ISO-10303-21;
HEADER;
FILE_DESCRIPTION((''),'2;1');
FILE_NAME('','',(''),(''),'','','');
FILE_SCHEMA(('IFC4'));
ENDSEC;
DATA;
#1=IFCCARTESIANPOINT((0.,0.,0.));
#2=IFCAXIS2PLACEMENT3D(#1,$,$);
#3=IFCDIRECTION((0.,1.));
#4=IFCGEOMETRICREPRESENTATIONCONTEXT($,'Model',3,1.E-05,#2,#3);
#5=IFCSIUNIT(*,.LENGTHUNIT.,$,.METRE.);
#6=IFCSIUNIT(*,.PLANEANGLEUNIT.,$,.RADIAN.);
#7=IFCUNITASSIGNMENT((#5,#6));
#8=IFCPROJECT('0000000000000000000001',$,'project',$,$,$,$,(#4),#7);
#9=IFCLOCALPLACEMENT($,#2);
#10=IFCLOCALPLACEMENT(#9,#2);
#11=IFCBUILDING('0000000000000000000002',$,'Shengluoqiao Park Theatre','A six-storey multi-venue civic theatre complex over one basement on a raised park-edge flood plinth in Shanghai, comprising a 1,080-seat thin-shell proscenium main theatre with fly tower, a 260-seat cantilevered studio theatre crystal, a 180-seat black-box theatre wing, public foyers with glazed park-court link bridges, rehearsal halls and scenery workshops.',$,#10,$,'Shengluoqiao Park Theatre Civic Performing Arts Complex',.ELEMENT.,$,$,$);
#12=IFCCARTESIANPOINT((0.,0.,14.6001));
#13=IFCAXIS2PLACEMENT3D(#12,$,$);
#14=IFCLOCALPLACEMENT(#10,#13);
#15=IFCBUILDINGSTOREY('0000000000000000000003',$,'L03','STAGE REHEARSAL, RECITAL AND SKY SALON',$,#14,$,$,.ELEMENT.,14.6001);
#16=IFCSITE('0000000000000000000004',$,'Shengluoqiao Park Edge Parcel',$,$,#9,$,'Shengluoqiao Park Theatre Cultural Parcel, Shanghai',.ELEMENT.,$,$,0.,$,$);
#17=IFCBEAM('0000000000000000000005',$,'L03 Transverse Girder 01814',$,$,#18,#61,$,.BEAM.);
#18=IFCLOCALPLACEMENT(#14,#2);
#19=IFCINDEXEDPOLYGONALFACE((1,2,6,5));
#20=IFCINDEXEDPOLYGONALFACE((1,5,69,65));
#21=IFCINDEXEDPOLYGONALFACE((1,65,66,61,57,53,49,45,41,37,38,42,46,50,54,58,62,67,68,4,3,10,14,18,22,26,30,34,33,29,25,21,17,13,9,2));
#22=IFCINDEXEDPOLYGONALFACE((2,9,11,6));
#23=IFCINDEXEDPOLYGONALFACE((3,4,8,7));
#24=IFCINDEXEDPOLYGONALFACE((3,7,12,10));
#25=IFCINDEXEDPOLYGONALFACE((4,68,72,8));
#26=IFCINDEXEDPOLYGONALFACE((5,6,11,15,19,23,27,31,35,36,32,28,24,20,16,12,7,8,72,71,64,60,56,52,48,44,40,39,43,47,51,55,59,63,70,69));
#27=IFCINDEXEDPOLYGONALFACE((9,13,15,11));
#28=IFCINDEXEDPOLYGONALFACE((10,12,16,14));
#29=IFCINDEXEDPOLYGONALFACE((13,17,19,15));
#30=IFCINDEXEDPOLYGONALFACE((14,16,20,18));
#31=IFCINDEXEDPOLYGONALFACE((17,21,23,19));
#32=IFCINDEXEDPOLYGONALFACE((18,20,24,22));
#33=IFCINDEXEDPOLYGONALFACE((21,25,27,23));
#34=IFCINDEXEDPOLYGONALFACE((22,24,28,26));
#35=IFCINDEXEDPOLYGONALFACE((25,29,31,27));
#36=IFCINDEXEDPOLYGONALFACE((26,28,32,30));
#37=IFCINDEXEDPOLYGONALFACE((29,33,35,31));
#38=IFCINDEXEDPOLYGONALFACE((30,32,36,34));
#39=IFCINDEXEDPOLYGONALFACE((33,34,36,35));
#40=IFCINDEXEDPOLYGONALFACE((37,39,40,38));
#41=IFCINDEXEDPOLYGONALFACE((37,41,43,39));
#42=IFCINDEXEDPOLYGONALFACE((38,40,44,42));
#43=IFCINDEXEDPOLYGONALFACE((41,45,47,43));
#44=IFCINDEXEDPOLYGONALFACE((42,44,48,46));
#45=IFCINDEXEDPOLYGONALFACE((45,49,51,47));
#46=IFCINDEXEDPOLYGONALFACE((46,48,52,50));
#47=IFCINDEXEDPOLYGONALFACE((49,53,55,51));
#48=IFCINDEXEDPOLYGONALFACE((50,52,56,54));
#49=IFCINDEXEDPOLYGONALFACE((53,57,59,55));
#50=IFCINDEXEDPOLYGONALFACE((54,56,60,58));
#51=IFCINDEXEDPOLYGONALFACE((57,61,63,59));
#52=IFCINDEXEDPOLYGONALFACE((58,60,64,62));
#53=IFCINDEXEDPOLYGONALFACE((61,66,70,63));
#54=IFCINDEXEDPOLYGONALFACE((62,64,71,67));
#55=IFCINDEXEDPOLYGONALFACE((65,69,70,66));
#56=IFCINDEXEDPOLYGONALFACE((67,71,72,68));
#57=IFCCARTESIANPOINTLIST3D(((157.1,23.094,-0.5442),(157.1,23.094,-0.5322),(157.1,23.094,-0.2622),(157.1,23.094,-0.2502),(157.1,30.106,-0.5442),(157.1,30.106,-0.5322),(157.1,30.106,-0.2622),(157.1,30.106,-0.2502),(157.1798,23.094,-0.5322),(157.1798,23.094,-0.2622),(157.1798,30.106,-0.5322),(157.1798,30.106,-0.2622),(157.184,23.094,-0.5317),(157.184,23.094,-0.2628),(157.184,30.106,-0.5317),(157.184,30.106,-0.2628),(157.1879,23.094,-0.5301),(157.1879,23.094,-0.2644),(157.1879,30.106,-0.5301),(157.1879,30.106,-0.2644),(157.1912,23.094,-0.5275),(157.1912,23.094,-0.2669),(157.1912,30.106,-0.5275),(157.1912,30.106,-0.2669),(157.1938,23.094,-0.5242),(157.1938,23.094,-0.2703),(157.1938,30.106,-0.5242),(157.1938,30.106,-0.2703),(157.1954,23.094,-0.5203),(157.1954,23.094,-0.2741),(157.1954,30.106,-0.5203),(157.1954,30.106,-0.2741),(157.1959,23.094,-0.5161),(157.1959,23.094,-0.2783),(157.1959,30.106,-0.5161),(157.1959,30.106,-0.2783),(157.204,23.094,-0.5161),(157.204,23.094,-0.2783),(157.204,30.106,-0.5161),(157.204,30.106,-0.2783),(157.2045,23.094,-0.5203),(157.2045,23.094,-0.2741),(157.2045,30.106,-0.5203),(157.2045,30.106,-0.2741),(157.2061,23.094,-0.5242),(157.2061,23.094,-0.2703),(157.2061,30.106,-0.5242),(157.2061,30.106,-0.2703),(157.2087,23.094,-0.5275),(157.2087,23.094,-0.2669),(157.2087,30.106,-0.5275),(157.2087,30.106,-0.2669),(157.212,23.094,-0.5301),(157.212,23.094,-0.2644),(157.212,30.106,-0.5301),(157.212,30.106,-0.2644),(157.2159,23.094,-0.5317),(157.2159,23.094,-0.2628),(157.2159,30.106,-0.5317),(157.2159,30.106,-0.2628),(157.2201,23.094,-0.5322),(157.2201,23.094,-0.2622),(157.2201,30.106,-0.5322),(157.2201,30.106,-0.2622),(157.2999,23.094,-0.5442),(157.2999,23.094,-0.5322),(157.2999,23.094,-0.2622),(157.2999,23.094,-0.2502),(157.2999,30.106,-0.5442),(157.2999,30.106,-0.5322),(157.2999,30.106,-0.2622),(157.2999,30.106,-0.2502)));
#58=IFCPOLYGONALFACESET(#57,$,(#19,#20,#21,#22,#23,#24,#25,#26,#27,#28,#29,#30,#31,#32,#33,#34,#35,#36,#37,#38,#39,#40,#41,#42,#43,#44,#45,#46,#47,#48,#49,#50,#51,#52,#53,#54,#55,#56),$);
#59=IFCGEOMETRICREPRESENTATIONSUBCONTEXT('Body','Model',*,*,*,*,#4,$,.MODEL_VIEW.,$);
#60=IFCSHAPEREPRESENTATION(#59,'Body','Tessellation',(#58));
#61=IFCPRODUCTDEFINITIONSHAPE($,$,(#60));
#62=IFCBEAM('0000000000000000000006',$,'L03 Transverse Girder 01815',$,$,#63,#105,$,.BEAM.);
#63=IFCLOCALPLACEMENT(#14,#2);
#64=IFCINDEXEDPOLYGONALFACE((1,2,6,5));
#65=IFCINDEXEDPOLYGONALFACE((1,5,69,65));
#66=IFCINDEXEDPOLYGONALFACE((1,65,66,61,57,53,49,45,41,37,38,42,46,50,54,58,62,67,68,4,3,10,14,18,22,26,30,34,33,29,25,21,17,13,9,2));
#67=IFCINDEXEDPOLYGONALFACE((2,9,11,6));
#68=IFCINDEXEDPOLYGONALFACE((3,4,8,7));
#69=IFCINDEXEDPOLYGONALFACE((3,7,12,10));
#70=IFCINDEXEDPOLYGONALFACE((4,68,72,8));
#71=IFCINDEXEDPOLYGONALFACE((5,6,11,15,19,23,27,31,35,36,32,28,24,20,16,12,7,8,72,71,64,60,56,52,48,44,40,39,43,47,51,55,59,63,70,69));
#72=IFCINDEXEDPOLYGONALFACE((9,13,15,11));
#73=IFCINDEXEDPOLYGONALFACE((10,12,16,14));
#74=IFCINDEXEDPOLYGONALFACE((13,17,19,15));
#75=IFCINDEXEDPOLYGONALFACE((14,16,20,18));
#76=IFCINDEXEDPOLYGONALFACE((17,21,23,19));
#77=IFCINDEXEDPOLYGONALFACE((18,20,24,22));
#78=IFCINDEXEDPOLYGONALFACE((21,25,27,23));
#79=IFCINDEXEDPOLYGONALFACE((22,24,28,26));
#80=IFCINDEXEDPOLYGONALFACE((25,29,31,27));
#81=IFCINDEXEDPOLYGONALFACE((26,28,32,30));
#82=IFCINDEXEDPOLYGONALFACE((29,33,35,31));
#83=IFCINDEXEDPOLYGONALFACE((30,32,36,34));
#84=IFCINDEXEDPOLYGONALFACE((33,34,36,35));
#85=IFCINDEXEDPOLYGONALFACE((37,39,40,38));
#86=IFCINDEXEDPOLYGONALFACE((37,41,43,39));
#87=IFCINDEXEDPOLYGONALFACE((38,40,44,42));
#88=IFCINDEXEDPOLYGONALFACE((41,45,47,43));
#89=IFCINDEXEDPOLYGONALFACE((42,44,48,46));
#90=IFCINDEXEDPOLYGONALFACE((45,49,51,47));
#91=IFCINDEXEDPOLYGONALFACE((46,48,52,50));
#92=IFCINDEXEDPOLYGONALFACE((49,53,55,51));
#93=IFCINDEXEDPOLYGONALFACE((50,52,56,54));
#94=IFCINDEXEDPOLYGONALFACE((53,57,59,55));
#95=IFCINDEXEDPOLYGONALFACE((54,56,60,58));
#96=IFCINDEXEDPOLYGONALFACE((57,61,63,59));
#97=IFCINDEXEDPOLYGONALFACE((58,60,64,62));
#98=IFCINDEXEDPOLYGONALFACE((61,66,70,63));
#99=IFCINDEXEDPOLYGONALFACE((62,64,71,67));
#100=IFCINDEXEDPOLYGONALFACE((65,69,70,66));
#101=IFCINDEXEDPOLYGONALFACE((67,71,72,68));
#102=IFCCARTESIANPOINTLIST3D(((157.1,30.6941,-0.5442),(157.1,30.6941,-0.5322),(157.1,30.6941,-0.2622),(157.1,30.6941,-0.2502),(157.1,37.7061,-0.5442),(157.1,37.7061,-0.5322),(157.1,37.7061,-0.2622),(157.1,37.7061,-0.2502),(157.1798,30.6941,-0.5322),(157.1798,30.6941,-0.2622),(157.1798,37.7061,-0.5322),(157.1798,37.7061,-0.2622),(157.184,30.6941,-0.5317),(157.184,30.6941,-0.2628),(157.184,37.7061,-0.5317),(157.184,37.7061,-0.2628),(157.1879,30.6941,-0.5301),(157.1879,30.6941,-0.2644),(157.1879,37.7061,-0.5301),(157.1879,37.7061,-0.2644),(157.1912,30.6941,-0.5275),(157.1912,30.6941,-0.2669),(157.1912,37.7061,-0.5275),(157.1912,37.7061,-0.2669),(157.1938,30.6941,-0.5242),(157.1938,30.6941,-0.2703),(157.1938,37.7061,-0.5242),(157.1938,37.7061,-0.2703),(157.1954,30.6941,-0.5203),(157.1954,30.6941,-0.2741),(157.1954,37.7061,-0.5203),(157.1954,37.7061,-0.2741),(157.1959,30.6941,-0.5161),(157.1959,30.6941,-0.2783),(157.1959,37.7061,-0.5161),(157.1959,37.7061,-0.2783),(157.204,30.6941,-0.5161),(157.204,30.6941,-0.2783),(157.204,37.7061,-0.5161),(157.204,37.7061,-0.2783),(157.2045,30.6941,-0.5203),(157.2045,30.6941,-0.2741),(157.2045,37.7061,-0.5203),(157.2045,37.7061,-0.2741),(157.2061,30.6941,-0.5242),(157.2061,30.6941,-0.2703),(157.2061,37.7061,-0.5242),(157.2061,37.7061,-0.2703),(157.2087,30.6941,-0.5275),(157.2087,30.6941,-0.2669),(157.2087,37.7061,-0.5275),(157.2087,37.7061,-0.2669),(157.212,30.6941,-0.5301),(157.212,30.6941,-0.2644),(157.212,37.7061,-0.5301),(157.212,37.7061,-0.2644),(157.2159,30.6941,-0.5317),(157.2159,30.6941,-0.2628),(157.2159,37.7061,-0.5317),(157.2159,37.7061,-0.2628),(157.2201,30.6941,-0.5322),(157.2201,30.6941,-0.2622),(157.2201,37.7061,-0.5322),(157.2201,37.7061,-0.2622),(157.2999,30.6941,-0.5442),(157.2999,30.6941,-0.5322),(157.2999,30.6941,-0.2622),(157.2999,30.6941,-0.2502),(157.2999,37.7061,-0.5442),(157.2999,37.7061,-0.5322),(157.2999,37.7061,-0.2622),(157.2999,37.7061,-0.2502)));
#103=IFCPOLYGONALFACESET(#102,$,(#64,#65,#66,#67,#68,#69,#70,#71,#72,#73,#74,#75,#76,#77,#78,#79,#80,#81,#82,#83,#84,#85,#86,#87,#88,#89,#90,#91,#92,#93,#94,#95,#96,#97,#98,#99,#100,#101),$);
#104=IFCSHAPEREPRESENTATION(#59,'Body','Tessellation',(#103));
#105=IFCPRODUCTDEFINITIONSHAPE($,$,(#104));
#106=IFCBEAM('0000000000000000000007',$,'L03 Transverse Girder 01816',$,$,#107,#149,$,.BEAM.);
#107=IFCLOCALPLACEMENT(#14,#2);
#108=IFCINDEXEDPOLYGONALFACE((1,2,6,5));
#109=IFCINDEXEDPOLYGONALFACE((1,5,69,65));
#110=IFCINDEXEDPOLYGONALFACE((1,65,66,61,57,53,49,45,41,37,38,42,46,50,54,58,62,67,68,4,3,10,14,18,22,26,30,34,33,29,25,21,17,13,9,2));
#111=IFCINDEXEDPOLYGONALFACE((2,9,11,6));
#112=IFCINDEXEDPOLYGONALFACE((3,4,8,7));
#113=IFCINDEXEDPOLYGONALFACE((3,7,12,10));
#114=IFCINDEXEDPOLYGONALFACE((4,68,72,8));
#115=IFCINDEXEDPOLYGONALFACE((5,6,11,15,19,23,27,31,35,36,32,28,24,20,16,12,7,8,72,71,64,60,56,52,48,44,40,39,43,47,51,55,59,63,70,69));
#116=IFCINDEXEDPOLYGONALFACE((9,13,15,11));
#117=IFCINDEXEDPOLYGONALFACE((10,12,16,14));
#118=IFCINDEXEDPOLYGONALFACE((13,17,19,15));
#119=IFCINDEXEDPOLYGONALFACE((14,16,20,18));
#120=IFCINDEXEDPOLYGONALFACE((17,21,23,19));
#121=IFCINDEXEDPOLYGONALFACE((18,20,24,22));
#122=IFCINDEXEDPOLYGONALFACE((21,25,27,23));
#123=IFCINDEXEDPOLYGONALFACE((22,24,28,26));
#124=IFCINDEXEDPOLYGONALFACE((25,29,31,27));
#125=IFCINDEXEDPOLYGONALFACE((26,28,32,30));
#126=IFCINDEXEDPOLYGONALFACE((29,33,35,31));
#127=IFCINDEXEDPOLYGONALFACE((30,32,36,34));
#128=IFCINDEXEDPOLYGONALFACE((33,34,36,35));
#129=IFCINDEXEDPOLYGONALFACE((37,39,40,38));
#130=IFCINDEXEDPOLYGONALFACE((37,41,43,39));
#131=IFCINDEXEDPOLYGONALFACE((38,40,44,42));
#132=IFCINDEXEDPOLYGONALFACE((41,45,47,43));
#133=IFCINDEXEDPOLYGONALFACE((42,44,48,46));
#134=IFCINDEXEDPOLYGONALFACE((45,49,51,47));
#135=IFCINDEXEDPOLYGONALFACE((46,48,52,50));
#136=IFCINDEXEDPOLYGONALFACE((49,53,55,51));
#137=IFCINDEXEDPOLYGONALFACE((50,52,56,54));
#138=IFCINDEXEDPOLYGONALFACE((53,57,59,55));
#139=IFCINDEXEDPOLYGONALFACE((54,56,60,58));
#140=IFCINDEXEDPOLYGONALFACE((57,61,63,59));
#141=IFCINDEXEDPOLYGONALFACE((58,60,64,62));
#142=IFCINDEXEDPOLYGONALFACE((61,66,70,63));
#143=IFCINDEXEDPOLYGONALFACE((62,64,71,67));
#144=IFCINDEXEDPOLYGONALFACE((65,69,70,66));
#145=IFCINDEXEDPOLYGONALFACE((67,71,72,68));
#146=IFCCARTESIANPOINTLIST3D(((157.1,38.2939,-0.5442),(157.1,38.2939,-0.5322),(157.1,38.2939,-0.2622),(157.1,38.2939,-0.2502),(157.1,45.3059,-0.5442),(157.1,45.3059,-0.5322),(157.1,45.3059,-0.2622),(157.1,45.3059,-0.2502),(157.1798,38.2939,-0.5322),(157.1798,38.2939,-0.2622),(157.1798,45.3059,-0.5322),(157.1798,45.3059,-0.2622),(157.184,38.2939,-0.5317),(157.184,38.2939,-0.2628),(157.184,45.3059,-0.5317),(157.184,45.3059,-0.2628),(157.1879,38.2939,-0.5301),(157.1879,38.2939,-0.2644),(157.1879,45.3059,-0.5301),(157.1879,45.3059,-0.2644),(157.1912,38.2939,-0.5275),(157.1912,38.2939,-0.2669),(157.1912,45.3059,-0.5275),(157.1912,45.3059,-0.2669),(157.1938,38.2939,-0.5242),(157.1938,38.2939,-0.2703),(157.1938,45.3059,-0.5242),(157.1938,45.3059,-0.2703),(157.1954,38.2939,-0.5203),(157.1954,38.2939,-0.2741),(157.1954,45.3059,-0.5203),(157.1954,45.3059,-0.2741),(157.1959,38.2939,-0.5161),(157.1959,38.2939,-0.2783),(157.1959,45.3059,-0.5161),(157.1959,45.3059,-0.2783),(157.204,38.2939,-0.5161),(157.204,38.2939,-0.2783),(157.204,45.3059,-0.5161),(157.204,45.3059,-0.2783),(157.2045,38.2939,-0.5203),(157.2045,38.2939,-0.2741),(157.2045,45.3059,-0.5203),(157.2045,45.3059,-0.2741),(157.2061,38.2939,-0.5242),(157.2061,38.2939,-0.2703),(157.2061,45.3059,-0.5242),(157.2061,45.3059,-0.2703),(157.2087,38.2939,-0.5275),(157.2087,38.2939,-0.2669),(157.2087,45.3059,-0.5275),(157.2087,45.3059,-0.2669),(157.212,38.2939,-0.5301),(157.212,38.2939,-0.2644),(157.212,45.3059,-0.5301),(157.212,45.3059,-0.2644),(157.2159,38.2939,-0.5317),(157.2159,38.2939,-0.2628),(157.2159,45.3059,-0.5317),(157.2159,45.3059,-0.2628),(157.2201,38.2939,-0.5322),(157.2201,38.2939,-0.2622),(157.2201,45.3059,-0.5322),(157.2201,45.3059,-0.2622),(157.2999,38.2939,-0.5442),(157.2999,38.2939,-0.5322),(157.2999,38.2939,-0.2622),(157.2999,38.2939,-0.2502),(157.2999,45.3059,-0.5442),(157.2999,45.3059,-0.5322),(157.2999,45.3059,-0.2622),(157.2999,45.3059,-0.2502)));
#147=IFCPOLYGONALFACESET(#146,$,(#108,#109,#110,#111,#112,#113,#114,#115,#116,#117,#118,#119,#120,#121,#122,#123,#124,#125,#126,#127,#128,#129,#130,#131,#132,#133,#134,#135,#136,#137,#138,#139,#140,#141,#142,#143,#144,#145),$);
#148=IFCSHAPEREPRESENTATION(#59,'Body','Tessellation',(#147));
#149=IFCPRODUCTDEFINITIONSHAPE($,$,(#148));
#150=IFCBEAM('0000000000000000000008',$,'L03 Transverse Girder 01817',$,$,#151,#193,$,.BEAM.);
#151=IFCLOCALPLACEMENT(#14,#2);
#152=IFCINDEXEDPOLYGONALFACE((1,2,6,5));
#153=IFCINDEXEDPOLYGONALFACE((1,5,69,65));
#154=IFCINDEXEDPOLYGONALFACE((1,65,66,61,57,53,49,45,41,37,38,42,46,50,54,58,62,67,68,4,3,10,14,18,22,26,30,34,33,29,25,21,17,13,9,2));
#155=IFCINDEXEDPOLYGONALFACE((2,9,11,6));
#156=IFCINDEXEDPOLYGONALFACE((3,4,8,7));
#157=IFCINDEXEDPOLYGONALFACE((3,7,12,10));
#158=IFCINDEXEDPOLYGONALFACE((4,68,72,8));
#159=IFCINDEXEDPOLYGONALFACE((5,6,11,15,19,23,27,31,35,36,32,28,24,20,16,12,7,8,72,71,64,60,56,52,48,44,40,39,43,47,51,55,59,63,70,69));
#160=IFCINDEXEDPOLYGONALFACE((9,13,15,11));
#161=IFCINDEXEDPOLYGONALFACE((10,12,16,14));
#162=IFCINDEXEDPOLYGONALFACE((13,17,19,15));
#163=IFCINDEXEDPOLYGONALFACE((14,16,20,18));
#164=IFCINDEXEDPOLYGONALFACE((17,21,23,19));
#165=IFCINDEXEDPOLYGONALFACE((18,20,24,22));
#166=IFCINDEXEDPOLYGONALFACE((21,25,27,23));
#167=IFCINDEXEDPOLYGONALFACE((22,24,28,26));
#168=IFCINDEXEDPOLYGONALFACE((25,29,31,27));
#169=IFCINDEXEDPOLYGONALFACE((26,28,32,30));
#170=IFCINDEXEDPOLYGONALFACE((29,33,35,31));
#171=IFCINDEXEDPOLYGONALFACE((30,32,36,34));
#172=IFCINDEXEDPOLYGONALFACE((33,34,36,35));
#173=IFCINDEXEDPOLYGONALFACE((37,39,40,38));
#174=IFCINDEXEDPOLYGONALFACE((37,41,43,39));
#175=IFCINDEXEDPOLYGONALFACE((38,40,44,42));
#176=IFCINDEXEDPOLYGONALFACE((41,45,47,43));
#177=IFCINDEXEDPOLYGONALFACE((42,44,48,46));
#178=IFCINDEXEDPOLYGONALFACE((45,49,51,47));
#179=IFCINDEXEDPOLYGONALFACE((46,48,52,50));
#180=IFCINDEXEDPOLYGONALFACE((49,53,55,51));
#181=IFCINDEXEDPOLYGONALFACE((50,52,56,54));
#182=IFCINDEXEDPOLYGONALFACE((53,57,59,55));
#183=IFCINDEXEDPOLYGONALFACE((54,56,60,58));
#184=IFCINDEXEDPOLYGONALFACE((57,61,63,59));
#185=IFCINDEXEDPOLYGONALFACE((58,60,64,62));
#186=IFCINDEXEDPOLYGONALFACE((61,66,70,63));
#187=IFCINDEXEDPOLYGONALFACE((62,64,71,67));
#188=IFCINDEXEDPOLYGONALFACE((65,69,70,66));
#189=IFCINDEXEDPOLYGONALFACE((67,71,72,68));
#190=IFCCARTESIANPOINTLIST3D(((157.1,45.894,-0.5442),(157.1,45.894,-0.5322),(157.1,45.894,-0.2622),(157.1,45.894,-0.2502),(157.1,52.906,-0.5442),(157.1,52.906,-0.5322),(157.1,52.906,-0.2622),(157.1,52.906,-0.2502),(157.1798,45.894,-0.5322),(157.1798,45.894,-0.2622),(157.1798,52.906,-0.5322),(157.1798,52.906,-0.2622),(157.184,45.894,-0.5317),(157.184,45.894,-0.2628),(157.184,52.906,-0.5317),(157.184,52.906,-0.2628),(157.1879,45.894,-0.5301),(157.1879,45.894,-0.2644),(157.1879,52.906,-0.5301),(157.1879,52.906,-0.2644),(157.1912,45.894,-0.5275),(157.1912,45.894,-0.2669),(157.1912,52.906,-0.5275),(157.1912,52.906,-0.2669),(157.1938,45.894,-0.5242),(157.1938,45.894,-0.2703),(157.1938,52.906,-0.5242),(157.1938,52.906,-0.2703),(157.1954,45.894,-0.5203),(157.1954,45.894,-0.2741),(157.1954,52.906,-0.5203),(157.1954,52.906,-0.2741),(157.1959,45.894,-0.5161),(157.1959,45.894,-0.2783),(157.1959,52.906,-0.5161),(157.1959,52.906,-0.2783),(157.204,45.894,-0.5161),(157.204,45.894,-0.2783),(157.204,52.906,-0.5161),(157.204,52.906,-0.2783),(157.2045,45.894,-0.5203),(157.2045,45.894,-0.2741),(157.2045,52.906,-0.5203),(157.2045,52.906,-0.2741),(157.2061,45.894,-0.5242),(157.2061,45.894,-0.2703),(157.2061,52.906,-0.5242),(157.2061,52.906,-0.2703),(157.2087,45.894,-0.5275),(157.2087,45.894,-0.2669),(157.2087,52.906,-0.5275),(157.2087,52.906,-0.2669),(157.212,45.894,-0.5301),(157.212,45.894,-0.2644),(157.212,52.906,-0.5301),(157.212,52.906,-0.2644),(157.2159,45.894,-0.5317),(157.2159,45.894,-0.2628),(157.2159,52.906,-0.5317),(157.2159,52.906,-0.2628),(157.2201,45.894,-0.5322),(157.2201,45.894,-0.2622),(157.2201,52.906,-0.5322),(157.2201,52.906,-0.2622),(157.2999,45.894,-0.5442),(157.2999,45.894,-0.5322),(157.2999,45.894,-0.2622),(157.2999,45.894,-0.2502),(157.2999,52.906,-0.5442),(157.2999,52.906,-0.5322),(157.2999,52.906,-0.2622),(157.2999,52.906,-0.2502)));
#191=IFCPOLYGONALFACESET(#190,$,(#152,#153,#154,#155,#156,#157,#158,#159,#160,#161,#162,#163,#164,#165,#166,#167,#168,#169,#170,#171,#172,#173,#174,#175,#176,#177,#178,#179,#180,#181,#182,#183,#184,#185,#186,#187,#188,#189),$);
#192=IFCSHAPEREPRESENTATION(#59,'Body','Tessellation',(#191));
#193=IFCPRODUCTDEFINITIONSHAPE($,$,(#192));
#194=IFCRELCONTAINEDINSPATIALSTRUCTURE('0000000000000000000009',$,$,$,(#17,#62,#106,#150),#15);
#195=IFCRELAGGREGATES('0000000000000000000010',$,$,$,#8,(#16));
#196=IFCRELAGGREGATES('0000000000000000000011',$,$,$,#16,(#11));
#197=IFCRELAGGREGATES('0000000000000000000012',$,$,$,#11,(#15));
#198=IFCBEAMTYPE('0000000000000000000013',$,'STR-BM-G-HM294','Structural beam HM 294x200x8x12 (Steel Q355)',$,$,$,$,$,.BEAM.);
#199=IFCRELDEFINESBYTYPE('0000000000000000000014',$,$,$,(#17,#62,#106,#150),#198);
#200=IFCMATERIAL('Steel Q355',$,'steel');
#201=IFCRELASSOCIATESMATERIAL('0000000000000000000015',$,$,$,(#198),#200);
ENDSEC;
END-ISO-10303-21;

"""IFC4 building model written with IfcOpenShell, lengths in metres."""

from ifc_helpers import new_model, si_unit, direction, frame, origin, origin_2d, place, context, subcontext, project, spatial, i_section, extrude, material, material_profile, profile_set, type_object, element, save


model = new_model("IFC4")

# Units and contexts
model_context = context("Model", 3, precision=1e-05, world=origin(), true_north=direction((0.0, 1.0)))
body_context = subcontext(model_context, "Body", "Model", "MODEL_VIEW")
ifc_project = project(units=[si_unit("LENGTHUNIT", "METRE"), si_unit("PLANEANGLEUNIT", "RADIAN")], contexts=[model_context])

# Site, building, storey
site_placement = place(None, origin())
site = spatial("IfcSite", under=ifc_project, at=site_placement, Name="Shengluoqiao Park Edge Parcel", LongName="Shengluoqiao Park Theatre Cultural Parcel, Shanghai", CompositionType="ELEMENT", RefElevation=0.0)
building_placement = place(site_placement, origin())
building = spatial("IfcBuilding", under=site, at=building_placement, Name="Shengluoqiao Park Theatre", Description="A six-storey multi-venue civic theatre complex over one basement on a raised park-edge flood plinth in Shanghai, comprising a 1,080-seat thin-shell proscenium main theatre with fly tower, a 260-seat cantilevered studio theatre crystal, a 180-seat black-box theatre wing, public foyers with glazed park-court link bridges, rehearsal halls and scenery workshops.", LongName="Shengluoqiao Park Theatre Civic Performing Arts Complex", CompositionType="ELEMENT")
storey_placement = place(building_placement, frame((0.0, 0.0, 14.6001)))
storey = spatial("IfcBuildingStorey", under=building, at=storey_placement, Name="L03", Description="STAGE REHEARSAL, RECITAL AND SKY SALON", CompositionType="ELEMENT", Elevation=14.6001)

# Beams
ifc_material_1 = material(Name="Steel Q355", Category="steel")
ifc_material_profile_1 = material_profile(ifc_material_1, i_section(OverallWidth=0.2, OverallDepth=0.2939, WebThickness=0.0081, FlangeThickness=0.012, FilletRadius=0.0161, at=origin_2d()), Name="HM 294x200x8x12")
ifc_profile_set_1 = profile_set([ifc_material_profile_1], Name="Steel Q355")
beam_type_1 = type_object("IfcBeamType", Name="STR-BM-G-HM294", Description="Structural beam HM 294x200x8x12 (Steel Q355)", PredefinedType="BEAM", material=ifc_profile_set_1)
for number, where, z_axis, x_axis, name in (
    (1, (157.2, 23.094, -0.3972), (0.0, 1.0, 0.0), (-1.0, 0.0, 0.0), "L03 Transverse Girder 01814"),
    (2, (157.2, 30.6941, -0.3972), (0.0, 1.0, 0.0), (-1.0, 0.0, 0.0), "L03 Transverse Girder 01815"),
    (3, (157.2, 38.2939, -0.3972), (0.0, 1.0, 0.0), (-1.0, 0.0, 0.0), "L03 Transverse Girder 01816"),
    (4, (157.2, 45.894, -0.3972), (0.0, 1.0, 0.0), (-1.0, 0.0, 0.0), "L03 Transverse Girder 01817"),
):
    element("IfcBeam", number, at=place(storey_placement, frame(where, z_axis=z_axis, x_axis=x_axis)), inside=storey, type_object=beam_type_1, Name=name, PredefinedType="BEAM", context=body_context, shape_type="SweptSolid", body=[
        extrude(i_section(OverallWidth=0.2, OverallDepth=0.2939, WebThickness=0.0081, FlangeThickness=0.012, FilletRadius=0.0161, at=origin_2d()), origin(), (0.0, 0.0, 1.0), 7.012),
    ])

save(model, "model.ifc")
